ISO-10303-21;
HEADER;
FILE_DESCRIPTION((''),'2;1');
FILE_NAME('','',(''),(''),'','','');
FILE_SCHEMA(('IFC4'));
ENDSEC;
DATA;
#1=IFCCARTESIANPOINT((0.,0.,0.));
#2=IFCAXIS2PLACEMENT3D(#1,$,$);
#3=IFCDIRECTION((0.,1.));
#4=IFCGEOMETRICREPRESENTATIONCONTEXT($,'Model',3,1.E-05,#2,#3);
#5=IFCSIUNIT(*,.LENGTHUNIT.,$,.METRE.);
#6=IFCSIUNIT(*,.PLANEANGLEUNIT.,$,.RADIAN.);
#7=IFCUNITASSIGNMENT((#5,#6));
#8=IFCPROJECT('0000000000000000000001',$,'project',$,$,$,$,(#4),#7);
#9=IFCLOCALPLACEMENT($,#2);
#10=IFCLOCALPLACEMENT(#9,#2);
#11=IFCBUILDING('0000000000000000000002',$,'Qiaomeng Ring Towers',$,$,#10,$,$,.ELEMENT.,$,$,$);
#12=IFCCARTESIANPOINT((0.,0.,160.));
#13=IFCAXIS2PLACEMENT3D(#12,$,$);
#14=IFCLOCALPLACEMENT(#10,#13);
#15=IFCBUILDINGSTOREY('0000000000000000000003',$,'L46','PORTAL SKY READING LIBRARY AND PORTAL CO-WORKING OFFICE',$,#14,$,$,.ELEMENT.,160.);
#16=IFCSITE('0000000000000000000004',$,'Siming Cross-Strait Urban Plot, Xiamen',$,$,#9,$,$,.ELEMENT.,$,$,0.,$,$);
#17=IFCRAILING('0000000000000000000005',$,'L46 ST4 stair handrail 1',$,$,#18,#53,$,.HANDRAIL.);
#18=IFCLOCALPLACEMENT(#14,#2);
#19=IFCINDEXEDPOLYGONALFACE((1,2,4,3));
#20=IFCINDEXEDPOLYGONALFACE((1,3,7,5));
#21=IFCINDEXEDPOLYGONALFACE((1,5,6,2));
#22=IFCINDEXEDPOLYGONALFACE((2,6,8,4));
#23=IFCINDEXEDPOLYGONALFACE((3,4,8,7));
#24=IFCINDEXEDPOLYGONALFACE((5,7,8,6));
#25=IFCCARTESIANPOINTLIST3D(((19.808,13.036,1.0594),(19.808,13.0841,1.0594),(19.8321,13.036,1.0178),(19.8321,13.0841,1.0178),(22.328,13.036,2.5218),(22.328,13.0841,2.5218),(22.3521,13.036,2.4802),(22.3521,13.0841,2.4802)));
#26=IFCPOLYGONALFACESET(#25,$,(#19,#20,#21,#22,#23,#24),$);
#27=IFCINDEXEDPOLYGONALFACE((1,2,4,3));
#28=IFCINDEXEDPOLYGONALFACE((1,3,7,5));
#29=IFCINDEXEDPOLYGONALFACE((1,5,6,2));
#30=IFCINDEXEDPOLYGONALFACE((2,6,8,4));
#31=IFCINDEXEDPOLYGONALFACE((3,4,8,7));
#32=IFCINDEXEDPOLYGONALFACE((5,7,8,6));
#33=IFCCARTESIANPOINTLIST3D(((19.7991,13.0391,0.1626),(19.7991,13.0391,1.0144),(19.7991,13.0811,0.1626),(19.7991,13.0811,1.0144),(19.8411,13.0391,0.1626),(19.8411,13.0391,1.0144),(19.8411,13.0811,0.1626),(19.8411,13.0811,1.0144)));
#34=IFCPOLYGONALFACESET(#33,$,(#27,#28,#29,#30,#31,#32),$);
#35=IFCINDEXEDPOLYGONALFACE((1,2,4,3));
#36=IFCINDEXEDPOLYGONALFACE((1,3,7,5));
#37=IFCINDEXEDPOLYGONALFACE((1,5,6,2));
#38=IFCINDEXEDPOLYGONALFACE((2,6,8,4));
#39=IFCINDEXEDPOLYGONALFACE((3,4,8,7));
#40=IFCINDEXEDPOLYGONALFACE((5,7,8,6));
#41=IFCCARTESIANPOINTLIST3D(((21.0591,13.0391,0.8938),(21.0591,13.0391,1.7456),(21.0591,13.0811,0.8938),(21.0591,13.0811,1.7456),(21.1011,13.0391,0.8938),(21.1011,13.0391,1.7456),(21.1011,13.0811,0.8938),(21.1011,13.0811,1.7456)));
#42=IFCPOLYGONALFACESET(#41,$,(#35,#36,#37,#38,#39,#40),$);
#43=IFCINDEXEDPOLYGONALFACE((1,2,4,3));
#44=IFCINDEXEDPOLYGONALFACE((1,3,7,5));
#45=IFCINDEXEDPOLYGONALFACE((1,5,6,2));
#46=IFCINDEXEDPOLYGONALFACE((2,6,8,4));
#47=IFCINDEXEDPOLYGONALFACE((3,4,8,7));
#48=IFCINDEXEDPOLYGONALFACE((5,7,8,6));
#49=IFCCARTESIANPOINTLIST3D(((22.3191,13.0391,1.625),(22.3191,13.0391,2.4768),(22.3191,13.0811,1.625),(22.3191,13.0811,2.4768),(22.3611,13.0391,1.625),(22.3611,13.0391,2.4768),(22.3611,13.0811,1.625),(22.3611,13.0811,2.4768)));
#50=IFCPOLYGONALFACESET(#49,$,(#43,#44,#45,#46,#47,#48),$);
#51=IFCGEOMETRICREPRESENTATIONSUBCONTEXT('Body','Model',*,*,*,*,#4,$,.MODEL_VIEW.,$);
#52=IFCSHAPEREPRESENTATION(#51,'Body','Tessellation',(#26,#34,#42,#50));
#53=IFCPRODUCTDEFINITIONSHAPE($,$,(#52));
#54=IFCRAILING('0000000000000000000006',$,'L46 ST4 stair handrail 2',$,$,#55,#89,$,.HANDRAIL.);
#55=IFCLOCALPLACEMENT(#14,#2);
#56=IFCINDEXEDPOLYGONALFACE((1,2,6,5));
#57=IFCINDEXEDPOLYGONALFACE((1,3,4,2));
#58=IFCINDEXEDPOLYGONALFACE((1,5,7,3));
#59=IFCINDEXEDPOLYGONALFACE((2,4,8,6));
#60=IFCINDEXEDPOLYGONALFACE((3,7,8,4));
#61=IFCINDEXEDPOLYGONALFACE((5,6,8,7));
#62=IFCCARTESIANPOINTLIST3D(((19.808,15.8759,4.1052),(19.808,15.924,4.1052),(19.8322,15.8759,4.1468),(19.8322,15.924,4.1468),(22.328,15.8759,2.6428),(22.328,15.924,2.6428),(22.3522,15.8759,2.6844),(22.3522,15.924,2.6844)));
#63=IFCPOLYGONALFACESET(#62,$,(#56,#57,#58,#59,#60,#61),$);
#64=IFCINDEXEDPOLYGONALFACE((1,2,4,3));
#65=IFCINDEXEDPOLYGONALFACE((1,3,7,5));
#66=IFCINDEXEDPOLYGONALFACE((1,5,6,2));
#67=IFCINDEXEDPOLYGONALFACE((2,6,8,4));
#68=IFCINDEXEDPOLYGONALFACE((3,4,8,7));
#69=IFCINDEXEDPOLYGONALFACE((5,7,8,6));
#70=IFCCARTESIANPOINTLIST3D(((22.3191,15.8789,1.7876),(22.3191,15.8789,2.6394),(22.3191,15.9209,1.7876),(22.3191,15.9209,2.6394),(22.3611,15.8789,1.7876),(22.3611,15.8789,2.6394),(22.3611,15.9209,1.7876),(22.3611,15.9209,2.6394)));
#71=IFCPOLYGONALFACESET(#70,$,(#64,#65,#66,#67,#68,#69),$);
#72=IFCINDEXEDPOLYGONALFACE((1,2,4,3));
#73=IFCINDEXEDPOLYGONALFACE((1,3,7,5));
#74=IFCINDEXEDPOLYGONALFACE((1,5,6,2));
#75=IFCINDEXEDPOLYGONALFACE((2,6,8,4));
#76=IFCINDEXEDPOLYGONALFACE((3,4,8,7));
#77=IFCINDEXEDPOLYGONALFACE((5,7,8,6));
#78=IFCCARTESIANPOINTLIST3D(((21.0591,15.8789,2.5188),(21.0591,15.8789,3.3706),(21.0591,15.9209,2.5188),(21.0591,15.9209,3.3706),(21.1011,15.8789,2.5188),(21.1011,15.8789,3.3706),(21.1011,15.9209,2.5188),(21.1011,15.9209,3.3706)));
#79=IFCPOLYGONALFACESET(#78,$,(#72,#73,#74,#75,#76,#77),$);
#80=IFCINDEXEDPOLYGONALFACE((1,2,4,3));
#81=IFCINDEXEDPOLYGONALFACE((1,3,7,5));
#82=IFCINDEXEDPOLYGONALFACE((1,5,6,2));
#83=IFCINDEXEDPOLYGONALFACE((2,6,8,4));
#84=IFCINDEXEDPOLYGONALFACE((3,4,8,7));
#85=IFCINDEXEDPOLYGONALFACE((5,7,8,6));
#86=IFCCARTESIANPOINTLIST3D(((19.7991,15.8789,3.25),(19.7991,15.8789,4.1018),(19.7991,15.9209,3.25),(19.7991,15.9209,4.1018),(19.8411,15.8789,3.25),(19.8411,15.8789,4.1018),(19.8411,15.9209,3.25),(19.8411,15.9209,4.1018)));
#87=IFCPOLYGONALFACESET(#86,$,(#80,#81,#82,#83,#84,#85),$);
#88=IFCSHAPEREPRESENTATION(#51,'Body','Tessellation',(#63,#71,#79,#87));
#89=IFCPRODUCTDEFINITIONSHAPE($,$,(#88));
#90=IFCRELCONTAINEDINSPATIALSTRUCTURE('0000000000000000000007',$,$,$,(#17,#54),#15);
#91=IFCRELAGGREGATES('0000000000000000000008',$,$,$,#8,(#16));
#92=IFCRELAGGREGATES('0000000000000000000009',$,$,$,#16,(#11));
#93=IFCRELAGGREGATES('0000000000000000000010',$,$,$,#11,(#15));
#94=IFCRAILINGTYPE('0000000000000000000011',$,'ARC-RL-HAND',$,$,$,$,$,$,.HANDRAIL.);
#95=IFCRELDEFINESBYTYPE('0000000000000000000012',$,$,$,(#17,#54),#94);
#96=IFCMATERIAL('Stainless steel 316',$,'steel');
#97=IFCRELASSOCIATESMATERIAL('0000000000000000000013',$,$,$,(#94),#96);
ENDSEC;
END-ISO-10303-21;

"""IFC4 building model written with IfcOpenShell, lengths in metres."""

from ifc_helpers import new_model, si_unit, direction, frame, origin, origin_2d, place, context, subcontext, project, spatial, rectangle, extrude, material, type_object, element, save


model = new_model("IFC4")

# Units and contexts
model_context = context("Model", 3, precision=1e-05, world=origin(), true_north=direction((0.0, 1.0)))
body_context = subcontext(model_context, "Body", "Model", "MODEL_VIEW")
ifc_project = project(units=[si_unit("LENGTHUNIT", "METRE"), si_unit("PLANEANGLEUNIT", "RADIAN")], contexts=[model_context])

# Site, building, storey
site_placement = place(None, origin())
site = spatial("IfcSite", under=ifc_project, at=site_placement, Name="Siming Cross-Strait Urban Plot, Xiamen", CompositionType="ELEMENT", RefElevation=0.0)
building_placement = place(site_placement, origin())
building = spatial("IfcBuilding", under=site, at=building_placement, Name="Qiaomeng Ring Towers", CompositionType="ELEMENT")
storey_placement = place(building_placement, frame((0.0, 0.0, 160.0)))
storey = spatial("IfcBuildingStorey", under=building, at=storey_placement, Name="L46", Description="PORTAL SKY READING LIBRARY AND PORTAL CO-WORKING OFFICE", CompositionType="ELEMENT", Elevation=160.0)

# Railings
ifc_material_1 = material(Name="Stainless steel 316", Category="steel")
railing_type_1 = type_object("IfcRailingType", Name="ARC-RL-HAND", PredefinedType="HANDRAIL", material=ifc_material_1)
railing_1_placement = place(storey_placement, frame((19.8201, 13.0601, 0.1626)))
element("IfcRailing", 1, at=railing_1_placement, inside=storey, type_object=railing_type_1, Name="L46 ST4 stair handrail 1", PredefinedType="HANDRAIL", context=body_context, shape_type="SweptSolid", body=[
    extrude(rectangle(XDim=0.0481, YDim=0.0481, at=origin_2d()), frame((0.0, 0.0, 0.876), z_axis=(0.864913, 0.0, 0.501921), x_axis=(0.0, 1.0, 0.0)), (0.0, 0.0, 1.0), 2.9136),
    extrude(rectangle(XDim=0.042, YDim=0.042, at=origin_2d()), origin(), (0.0, 0.0, 1.0), 0.8518),
    extrude(rectangle(XDim=0.042, YDim=0.042, at=origin_2d()), frame((1.26, 0.0, 0.7312)), (0.0, 0.0, 1.0), 0.8518),
    extrude(rectangle(XDim=0.042, YDim=0.042, at=origin_2d()), frame((2.52, 0.0, 1.4624)), (0.0, 0.0, 1.0), 0.8518),
])
railing_2_placement = place(storey_placement, frame((22.3401, 15.8999, 1.7876)))
element("IfcRailing", 2, at=railing_2_placement, inside=storey, type_object=railing_type_1, Name="L46 ST4 stair handrail 2", PredefinedType="HANDRAIL", context=body_context, shape_type="SweptSolid", body=[
    extrude(rectangle(XDim=0.0481, YDim=0.0481, at=origin_2d()), frame((0.0, 0.0, 0.876), z_axis=(-0.864913, 0.0, 0.501921), x_axis=(0.0, -1.0, 0.0)), (0.0, 0.0, 1.0), 2.9136),
    extrude(rectangle(XDim=0.042, YDim=0.042, at=origin_2d()), origin(), (0.0, 0.0, 1.0), 0.8518),
    extrude(rectangle(XDim=0.042, YDim=0.042, at=origin_2d()), frame((-1.26, 0.0, 0.7312)), (0.0, 0.0, 1.0), 0.8518),
    extrude(rectangle(XDim=0.042, YDim=0.042, at=origin_2d()), frame((-2.52, 0.0, 1.4624)), (0.0, 0.0, 1.0), 0.8518),
])

save(model, "model.ifc")
